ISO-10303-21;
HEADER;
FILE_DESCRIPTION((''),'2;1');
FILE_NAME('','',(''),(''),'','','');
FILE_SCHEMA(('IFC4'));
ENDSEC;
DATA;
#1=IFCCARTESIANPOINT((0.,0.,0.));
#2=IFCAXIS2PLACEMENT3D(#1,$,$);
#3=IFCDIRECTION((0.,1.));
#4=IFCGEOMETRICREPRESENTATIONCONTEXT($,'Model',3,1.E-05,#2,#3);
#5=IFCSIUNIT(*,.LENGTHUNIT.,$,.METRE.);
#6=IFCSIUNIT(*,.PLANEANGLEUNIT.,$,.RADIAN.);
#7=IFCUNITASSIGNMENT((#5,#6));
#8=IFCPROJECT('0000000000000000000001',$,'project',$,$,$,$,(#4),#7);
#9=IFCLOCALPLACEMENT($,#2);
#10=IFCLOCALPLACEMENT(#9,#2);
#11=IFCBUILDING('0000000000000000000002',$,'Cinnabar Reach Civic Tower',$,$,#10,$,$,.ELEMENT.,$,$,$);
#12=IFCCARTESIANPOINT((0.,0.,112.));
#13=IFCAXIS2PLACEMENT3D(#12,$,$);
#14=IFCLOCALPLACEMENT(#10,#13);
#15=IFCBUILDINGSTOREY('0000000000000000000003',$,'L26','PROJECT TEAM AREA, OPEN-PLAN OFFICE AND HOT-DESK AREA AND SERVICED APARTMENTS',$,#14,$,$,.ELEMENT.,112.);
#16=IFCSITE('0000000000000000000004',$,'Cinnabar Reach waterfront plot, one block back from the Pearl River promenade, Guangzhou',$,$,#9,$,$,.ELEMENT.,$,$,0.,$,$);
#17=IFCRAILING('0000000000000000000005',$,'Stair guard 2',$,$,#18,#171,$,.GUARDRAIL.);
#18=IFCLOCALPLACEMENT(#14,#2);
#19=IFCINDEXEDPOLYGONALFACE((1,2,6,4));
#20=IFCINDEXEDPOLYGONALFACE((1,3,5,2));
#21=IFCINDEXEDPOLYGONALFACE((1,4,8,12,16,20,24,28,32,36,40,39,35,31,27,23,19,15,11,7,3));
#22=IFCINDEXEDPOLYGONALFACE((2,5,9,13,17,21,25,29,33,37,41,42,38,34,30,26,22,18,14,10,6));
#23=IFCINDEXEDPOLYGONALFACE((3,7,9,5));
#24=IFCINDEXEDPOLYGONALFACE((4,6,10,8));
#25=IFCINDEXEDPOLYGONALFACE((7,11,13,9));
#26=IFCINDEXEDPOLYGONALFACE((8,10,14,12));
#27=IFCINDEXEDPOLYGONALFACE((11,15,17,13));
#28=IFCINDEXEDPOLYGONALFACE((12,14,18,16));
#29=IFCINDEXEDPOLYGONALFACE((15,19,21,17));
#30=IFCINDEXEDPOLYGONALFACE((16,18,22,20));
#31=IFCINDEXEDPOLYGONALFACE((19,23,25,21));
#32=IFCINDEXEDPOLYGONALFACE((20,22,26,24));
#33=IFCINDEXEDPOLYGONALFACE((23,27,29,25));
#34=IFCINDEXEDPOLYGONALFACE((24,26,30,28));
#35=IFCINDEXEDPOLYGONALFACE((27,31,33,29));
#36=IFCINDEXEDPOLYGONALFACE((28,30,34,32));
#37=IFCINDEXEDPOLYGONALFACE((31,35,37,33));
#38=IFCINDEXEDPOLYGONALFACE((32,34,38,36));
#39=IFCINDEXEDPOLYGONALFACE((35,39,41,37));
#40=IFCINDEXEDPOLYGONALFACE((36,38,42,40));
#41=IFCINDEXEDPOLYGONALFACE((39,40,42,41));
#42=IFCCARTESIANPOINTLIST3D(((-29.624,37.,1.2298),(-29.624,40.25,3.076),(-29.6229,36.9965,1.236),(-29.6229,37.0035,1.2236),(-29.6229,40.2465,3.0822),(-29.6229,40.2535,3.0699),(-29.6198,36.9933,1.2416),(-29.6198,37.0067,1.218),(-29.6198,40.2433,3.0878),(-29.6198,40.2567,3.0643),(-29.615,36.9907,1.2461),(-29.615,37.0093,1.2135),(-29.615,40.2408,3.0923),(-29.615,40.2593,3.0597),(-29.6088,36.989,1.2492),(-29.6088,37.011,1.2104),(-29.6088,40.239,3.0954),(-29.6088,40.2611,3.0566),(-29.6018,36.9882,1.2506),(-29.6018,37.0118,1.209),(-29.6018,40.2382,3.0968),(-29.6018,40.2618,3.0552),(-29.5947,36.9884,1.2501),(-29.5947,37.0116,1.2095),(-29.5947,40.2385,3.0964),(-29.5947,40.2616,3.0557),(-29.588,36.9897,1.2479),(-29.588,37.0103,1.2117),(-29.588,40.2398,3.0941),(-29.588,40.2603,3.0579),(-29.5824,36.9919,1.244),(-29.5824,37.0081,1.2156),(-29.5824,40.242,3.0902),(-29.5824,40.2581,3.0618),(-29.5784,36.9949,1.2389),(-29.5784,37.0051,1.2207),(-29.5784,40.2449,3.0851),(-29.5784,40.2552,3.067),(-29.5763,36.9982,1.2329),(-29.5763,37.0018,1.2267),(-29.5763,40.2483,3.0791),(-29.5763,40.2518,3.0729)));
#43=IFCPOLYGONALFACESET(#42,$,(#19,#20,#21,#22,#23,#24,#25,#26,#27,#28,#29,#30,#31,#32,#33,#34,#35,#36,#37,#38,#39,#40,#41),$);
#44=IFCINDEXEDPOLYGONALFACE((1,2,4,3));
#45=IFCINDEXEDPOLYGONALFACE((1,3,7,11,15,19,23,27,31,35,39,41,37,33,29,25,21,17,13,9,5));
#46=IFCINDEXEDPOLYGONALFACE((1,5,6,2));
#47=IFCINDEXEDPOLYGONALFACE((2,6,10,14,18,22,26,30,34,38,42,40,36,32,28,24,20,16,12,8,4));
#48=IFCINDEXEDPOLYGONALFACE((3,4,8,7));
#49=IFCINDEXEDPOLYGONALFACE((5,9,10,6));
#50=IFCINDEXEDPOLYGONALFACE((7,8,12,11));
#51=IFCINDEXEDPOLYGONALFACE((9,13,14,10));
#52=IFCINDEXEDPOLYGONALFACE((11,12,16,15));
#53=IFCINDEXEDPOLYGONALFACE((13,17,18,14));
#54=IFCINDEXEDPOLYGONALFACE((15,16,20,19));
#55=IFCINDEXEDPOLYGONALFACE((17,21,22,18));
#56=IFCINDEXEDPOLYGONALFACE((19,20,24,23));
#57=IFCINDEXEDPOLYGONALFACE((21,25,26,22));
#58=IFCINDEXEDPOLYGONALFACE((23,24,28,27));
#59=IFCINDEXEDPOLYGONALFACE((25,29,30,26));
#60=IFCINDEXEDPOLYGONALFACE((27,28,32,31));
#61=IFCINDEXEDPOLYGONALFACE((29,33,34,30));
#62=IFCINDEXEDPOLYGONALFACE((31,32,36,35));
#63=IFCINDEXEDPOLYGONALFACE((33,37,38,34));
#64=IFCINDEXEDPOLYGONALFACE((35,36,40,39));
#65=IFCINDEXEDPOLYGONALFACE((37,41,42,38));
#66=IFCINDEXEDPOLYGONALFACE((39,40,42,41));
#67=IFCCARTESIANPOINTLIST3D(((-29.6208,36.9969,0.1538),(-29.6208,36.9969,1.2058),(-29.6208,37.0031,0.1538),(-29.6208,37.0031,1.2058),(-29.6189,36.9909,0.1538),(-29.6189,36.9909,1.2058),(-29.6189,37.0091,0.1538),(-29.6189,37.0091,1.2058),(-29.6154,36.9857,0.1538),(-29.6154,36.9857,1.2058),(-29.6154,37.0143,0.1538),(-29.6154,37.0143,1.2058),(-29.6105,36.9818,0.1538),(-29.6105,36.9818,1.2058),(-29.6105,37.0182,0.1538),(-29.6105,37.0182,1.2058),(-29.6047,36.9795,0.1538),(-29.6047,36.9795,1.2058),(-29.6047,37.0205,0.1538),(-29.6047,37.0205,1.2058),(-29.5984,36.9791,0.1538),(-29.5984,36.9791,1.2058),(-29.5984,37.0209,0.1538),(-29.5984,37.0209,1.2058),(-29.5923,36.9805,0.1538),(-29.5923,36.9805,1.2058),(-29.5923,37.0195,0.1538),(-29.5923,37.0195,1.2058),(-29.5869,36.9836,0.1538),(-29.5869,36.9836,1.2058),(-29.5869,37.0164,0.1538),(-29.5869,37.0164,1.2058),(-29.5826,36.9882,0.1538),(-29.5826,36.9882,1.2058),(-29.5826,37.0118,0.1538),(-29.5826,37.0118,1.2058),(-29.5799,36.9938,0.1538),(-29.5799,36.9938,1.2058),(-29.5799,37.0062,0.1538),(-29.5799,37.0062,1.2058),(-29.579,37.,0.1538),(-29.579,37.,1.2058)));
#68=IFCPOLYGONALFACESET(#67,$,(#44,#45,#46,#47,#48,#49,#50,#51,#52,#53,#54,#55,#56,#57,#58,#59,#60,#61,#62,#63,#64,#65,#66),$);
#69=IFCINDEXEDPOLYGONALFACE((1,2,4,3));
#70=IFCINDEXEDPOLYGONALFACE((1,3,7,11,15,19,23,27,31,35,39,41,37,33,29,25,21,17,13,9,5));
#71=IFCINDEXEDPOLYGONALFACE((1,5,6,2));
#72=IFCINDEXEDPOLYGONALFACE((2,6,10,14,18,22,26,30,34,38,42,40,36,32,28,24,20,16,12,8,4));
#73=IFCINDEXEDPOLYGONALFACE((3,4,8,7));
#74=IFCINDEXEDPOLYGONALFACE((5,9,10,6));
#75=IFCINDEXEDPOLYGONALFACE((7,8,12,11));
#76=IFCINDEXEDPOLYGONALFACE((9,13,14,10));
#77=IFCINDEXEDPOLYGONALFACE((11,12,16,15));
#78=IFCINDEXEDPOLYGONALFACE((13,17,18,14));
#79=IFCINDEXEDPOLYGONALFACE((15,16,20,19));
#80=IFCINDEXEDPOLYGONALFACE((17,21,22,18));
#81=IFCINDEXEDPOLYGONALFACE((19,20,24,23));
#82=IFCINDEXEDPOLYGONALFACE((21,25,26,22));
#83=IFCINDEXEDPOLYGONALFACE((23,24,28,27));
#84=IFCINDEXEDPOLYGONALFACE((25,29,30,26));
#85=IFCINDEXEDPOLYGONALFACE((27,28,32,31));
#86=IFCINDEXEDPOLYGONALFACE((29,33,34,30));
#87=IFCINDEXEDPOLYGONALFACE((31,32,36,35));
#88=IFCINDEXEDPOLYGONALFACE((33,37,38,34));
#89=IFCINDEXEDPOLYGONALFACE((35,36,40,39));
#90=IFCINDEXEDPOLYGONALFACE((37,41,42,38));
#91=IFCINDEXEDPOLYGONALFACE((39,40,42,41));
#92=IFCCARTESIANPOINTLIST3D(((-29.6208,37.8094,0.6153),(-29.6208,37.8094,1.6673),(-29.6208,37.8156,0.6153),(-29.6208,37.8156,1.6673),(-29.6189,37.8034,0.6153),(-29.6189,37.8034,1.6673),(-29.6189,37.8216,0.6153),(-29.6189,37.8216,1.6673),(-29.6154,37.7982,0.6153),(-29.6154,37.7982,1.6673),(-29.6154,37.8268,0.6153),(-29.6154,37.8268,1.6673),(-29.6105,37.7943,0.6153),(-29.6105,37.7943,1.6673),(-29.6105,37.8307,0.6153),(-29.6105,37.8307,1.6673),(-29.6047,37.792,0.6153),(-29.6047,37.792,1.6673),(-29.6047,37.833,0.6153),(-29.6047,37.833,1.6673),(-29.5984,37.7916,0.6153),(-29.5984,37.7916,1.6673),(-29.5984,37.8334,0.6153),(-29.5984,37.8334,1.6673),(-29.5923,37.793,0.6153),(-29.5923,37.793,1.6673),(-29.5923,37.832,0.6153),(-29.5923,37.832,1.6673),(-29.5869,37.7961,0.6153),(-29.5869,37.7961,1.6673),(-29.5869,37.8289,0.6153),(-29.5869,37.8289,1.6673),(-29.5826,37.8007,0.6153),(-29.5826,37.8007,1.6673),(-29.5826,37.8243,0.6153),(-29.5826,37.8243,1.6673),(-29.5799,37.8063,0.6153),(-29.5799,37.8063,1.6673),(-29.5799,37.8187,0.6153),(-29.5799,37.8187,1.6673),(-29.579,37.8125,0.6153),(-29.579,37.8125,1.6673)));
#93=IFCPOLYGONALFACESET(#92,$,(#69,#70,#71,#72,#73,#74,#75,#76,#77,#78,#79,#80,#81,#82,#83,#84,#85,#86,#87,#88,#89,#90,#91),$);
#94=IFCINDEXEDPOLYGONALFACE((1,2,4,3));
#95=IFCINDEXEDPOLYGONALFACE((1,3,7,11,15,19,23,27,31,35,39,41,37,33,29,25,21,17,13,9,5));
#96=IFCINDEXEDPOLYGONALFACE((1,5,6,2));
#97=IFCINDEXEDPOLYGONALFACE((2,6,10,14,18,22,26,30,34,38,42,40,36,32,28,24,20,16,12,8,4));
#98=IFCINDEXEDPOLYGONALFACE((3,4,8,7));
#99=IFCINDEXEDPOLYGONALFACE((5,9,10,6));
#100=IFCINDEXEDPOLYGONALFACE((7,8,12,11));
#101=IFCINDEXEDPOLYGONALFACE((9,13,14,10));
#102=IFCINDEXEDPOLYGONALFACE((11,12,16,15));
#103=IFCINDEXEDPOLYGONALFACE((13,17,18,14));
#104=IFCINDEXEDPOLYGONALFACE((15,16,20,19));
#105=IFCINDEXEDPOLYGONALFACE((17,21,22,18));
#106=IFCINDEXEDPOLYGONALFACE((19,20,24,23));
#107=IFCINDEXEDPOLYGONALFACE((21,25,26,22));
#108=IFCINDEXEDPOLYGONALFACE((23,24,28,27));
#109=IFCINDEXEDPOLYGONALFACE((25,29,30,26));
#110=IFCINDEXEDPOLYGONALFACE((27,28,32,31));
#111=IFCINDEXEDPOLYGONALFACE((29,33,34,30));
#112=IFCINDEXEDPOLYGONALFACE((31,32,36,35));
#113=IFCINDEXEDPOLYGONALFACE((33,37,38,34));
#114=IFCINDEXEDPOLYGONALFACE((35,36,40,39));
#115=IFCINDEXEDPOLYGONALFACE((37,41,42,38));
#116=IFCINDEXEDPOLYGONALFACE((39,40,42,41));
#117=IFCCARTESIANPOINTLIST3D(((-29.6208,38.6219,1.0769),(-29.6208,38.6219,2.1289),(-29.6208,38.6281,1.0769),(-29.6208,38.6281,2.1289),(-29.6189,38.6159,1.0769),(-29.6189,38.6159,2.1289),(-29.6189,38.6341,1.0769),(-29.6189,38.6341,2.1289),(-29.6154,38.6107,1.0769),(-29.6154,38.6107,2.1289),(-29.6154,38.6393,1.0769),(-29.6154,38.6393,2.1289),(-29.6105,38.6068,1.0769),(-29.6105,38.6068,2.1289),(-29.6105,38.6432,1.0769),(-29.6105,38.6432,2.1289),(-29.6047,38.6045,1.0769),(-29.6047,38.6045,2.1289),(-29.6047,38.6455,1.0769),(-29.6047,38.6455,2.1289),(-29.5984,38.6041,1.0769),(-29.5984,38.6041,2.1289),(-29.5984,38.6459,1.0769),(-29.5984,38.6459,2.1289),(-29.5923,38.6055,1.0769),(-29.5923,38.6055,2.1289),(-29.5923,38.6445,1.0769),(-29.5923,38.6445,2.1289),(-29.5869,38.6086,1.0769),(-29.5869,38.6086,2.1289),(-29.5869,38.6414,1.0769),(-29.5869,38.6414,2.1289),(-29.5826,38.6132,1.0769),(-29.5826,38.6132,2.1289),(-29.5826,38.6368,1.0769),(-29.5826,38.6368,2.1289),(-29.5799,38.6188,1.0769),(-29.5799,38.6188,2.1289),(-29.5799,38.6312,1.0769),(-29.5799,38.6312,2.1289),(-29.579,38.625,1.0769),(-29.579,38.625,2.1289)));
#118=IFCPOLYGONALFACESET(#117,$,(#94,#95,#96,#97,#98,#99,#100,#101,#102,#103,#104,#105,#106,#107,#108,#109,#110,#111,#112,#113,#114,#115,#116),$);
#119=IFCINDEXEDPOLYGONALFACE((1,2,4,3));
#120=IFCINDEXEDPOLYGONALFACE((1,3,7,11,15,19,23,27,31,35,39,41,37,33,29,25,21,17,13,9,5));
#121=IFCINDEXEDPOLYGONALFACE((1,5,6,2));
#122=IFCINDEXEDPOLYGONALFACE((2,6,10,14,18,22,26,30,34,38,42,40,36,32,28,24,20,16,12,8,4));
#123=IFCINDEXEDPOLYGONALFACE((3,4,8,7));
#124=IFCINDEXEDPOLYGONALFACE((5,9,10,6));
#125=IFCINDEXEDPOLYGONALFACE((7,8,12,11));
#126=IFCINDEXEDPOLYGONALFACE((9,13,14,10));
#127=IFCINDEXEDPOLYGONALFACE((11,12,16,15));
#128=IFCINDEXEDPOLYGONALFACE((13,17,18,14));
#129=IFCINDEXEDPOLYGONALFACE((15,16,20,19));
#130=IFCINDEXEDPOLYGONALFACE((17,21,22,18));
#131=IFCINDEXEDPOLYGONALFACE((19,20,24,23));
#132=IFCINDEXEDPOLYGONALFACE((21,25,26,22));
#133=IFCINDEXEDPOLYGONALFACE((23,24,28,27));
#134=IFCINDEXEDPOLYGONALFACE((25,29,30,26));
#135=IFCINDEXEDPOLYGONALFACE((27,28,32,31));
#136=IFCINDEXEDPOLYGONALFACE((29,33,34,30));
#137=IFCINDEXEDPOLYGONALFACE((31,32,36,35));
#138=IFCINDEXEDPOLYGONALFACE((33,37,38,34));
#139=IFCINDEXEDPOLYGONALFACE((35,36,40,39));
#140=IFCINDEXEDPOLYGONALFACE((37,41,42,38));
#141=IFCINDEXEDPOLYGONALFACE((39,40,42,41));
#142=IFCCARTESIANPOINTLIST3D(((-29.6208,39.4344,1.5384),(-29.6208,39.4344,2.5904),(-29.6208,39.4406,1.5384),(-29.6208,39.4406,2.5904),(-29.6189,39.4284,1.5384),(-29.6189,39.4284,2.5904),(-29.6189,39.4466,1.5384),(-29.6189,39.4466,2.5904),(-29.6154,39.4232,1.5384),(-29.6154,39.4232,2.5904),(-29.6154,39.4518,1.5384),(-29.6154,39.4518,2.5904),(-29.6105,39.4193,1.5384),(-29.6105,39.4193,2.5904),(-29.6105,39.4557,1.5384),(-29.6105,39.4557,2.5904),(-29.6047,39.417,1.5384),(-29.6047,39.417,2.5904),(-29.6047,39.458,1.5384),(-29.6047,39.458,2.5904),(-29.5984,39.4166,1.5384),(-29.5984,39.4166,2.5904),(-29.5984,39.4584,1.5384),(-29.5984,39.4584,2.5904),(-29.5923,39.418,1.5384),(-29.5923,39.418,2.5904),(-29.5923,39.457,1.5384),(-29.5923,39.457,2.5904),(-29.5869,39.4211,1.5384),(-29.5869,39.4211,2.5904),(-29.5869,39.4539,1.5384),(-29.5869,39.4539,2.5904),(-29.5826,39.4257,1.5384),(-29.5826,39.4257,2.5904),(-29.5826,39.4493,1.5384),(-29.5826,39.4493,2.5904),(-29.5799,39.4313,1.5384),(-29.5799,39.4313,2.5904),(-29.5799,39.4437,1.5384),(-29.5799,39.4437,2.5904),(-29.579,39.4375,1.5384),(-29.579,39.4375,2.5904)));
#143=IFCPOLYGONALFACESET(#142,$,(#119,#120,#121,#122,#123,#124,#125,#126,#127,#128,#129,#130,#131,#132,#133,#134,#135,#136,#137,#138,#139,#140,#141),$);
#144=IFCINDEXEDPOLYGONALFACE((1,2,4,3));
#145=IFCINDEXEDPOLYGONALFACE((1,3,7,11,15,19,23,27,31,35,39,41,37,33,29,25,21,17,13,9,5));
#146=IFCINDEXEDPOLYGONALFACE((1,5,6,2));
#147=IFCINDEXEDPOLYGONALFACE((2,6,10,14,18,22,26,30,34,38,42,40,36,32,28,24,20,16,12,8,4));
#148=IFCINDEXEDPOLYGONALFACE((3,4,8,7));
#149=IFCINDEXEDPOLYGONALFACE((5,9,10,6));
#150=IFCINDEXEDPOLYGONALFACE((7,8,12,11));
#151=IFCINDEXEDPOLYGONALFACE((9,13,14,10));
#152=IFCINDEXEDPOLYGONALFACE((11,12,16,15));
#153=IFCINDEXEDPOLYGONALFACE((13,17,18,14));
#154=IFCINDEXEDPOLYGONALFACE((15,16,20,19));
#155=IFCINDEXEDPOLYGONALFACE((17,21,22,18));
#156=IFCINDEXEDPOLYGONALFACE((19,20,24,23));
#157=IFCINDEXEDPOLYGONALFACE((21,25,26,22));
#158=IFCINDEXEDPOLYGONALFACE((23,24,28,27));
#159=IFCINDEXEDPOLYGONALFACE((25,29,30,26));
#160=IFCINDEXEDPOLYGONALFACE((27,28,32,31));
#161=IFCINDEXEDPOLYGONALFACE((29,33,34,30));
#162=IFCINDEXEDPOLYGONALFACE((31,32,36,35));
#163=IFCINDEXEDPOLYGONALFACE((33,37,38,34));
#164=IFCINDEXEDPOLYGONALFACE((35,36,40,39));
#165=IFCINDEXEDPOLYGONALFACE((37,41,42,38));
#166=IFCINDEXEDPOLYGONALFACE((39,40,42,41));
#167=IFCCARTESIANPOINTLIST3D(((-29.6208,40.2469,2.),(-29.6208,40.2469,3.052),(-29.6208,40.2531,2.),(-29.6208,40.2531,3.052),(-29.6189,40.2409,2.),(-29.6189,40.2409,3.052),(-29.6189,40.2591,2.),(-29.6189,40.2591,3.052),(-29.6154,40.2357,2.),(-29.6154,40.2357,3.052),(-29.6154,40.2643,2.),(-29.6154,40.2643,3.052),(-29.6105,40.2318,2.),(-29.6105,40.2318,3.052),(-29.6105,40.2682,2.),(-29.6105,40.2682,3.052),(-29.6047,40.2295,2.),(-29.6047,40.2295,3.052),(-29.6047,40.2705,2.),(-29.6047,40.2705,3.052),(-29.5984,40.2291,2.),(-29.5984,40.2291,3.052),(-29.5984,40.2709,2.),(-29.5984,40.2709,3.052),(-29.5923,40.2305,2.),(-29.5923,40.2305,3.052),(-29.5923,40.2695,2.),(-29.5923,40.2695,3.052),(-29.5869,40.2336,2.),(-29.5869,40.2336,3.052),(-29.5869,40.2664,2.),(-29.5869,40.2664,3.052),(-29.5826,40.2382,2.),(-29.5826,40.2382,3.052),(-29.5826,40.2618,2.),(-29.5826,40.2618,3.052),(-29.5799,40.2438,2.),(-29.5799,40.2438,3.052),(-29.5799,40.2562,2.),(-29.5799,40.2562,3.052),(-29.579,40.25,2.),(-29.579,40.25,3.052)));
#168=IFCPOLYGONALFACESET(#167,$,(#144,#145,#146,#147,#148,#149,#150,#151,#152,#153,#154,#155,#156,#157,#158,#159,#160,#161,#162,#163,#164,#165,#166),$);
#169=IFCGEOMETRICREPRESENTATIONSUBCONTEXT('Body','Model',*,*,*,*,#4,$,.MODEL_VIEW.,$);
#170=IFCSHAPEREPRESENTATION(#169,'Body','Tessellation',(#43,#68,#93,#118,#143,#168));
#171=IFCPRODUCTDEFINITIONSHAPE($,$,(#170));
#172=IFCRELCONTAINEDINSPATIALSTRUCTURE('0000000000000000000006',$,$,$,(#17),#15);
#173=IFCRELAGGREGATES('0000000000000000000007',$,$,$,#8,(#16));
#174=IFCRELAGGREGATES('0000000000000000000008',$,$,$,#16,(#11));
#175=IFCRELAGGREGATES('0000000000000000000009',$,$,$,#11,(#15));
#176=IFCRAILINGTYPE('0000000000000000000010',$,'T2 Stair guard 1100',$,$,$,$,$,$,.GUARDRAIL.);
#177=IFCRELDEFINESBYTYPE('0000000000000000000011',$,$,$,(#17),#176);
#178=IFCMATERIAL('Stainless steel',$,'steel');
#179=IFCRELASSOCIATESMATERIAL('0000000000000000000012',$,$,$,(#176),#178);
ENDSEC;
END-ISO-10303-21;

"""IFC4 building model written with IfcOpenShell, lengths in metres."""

from ifc_helpers import new_model, si_unit, direction, frame, origin, origin_2d, place, context, subcontext, project, spatial, circle, extrude, material, type_object, element, save


model = new_model("IFC4")

# Units and contexts
model_context = context("Model", 3, precision=1e-05, world=origin(), true_north=direction((0.0, 1.0)))
body_context = subcontext(model_context, "Body", "Model", "MODEL_VIEW")
ifc_project = project(units=[si_unit("LENGTHUNIT", "METRE"), si_unit("PLANEANGLEUNIT", "RADIAN")], contexts=[model_context])

# Site, building, storey
site_placement = place(None, origin())
site = spatial("IfcSite", under=ifc_project, at=site_placement, Name="Cinnabar Reach waterfront plot, one block back from the Pearl River promenade, Guangzhou", CompositionType="ELEMENT", RefElevation=0.0)
building_placement = place(site_placement, origin())
building = spatial("IfcBuilding", under=site, at=building_placement, Name="Cinnabar Reach Civic Tower", CompositionType="ELEMENT")
storey_placement = place(building_placement, frame((0.0, 0.0, 112.0)))
storey = spatial("IfcBuildingStorey", under=building, at=storey_placement, Name="L26", Description="PROJECT TEAM AREA, OPEN-PLAN OFFICE AND HOT-DESK AREA AND SERVICED APARTMENTS", CompositionType="ELEMENT", Elevation=112.0)

# Railing
ifc_material_1 = material(Name="Stainless steel", Category="steel")
railing_type = type_object("IfcRailingType", Name="T2 Stair guard 1100", PredefinedType="GUARDRAIL", material=ifc_material_1)
railing_1_placement = place(storey_placement, frame((-29.6, 37.0, 0.1538)))
element("IfcRailing", 1, at=railing_1_placement, inside=storey, type_object=railing_type, Name="Stair guard 2", PredefinedType="GUARDRAIL", context=body_context, shape_type="SweptSolid", body=[
    extrude(circle(Radius=0.024, at=origin_2d()), frame((0.0, 0.0, 1.076), z_axis=(0.0, 0.869501, 0.49393), x_axis=(-1.0, 0.0, 0.0)), (0.0, 0.0, 1.0), 3.7378),
    extrude(circle(Radius=0.021, at=origin_2d()), origin(), (0.0, 0.0, 1.0), 1.052),
    extrude(circle(Radius=0.021, at=origin_2d()), frame((0.0, 0.8125, 0.4615)), (0.0, 0.0, 1.0), 1.052),
    extrude(circle(Radius=0.021, at=origin_2d()), frame((0.0, 1.625, 0.9231)), (0.0, 0.0, 1.0), 1.052),
    extrude(circle(Radius=0.021, at=origin_2d()), frame((0.0, 2.4375, 1.3846)), (0.0, 0.0, 1.0), 1.052),
    extrude(circle(Radius=0.021, at=origin_2d()), frame((0.0, 3.25, 1.8462)), (0.0, 0.0, 1.0), 1.052),
])

save(model, "model.ifc")
